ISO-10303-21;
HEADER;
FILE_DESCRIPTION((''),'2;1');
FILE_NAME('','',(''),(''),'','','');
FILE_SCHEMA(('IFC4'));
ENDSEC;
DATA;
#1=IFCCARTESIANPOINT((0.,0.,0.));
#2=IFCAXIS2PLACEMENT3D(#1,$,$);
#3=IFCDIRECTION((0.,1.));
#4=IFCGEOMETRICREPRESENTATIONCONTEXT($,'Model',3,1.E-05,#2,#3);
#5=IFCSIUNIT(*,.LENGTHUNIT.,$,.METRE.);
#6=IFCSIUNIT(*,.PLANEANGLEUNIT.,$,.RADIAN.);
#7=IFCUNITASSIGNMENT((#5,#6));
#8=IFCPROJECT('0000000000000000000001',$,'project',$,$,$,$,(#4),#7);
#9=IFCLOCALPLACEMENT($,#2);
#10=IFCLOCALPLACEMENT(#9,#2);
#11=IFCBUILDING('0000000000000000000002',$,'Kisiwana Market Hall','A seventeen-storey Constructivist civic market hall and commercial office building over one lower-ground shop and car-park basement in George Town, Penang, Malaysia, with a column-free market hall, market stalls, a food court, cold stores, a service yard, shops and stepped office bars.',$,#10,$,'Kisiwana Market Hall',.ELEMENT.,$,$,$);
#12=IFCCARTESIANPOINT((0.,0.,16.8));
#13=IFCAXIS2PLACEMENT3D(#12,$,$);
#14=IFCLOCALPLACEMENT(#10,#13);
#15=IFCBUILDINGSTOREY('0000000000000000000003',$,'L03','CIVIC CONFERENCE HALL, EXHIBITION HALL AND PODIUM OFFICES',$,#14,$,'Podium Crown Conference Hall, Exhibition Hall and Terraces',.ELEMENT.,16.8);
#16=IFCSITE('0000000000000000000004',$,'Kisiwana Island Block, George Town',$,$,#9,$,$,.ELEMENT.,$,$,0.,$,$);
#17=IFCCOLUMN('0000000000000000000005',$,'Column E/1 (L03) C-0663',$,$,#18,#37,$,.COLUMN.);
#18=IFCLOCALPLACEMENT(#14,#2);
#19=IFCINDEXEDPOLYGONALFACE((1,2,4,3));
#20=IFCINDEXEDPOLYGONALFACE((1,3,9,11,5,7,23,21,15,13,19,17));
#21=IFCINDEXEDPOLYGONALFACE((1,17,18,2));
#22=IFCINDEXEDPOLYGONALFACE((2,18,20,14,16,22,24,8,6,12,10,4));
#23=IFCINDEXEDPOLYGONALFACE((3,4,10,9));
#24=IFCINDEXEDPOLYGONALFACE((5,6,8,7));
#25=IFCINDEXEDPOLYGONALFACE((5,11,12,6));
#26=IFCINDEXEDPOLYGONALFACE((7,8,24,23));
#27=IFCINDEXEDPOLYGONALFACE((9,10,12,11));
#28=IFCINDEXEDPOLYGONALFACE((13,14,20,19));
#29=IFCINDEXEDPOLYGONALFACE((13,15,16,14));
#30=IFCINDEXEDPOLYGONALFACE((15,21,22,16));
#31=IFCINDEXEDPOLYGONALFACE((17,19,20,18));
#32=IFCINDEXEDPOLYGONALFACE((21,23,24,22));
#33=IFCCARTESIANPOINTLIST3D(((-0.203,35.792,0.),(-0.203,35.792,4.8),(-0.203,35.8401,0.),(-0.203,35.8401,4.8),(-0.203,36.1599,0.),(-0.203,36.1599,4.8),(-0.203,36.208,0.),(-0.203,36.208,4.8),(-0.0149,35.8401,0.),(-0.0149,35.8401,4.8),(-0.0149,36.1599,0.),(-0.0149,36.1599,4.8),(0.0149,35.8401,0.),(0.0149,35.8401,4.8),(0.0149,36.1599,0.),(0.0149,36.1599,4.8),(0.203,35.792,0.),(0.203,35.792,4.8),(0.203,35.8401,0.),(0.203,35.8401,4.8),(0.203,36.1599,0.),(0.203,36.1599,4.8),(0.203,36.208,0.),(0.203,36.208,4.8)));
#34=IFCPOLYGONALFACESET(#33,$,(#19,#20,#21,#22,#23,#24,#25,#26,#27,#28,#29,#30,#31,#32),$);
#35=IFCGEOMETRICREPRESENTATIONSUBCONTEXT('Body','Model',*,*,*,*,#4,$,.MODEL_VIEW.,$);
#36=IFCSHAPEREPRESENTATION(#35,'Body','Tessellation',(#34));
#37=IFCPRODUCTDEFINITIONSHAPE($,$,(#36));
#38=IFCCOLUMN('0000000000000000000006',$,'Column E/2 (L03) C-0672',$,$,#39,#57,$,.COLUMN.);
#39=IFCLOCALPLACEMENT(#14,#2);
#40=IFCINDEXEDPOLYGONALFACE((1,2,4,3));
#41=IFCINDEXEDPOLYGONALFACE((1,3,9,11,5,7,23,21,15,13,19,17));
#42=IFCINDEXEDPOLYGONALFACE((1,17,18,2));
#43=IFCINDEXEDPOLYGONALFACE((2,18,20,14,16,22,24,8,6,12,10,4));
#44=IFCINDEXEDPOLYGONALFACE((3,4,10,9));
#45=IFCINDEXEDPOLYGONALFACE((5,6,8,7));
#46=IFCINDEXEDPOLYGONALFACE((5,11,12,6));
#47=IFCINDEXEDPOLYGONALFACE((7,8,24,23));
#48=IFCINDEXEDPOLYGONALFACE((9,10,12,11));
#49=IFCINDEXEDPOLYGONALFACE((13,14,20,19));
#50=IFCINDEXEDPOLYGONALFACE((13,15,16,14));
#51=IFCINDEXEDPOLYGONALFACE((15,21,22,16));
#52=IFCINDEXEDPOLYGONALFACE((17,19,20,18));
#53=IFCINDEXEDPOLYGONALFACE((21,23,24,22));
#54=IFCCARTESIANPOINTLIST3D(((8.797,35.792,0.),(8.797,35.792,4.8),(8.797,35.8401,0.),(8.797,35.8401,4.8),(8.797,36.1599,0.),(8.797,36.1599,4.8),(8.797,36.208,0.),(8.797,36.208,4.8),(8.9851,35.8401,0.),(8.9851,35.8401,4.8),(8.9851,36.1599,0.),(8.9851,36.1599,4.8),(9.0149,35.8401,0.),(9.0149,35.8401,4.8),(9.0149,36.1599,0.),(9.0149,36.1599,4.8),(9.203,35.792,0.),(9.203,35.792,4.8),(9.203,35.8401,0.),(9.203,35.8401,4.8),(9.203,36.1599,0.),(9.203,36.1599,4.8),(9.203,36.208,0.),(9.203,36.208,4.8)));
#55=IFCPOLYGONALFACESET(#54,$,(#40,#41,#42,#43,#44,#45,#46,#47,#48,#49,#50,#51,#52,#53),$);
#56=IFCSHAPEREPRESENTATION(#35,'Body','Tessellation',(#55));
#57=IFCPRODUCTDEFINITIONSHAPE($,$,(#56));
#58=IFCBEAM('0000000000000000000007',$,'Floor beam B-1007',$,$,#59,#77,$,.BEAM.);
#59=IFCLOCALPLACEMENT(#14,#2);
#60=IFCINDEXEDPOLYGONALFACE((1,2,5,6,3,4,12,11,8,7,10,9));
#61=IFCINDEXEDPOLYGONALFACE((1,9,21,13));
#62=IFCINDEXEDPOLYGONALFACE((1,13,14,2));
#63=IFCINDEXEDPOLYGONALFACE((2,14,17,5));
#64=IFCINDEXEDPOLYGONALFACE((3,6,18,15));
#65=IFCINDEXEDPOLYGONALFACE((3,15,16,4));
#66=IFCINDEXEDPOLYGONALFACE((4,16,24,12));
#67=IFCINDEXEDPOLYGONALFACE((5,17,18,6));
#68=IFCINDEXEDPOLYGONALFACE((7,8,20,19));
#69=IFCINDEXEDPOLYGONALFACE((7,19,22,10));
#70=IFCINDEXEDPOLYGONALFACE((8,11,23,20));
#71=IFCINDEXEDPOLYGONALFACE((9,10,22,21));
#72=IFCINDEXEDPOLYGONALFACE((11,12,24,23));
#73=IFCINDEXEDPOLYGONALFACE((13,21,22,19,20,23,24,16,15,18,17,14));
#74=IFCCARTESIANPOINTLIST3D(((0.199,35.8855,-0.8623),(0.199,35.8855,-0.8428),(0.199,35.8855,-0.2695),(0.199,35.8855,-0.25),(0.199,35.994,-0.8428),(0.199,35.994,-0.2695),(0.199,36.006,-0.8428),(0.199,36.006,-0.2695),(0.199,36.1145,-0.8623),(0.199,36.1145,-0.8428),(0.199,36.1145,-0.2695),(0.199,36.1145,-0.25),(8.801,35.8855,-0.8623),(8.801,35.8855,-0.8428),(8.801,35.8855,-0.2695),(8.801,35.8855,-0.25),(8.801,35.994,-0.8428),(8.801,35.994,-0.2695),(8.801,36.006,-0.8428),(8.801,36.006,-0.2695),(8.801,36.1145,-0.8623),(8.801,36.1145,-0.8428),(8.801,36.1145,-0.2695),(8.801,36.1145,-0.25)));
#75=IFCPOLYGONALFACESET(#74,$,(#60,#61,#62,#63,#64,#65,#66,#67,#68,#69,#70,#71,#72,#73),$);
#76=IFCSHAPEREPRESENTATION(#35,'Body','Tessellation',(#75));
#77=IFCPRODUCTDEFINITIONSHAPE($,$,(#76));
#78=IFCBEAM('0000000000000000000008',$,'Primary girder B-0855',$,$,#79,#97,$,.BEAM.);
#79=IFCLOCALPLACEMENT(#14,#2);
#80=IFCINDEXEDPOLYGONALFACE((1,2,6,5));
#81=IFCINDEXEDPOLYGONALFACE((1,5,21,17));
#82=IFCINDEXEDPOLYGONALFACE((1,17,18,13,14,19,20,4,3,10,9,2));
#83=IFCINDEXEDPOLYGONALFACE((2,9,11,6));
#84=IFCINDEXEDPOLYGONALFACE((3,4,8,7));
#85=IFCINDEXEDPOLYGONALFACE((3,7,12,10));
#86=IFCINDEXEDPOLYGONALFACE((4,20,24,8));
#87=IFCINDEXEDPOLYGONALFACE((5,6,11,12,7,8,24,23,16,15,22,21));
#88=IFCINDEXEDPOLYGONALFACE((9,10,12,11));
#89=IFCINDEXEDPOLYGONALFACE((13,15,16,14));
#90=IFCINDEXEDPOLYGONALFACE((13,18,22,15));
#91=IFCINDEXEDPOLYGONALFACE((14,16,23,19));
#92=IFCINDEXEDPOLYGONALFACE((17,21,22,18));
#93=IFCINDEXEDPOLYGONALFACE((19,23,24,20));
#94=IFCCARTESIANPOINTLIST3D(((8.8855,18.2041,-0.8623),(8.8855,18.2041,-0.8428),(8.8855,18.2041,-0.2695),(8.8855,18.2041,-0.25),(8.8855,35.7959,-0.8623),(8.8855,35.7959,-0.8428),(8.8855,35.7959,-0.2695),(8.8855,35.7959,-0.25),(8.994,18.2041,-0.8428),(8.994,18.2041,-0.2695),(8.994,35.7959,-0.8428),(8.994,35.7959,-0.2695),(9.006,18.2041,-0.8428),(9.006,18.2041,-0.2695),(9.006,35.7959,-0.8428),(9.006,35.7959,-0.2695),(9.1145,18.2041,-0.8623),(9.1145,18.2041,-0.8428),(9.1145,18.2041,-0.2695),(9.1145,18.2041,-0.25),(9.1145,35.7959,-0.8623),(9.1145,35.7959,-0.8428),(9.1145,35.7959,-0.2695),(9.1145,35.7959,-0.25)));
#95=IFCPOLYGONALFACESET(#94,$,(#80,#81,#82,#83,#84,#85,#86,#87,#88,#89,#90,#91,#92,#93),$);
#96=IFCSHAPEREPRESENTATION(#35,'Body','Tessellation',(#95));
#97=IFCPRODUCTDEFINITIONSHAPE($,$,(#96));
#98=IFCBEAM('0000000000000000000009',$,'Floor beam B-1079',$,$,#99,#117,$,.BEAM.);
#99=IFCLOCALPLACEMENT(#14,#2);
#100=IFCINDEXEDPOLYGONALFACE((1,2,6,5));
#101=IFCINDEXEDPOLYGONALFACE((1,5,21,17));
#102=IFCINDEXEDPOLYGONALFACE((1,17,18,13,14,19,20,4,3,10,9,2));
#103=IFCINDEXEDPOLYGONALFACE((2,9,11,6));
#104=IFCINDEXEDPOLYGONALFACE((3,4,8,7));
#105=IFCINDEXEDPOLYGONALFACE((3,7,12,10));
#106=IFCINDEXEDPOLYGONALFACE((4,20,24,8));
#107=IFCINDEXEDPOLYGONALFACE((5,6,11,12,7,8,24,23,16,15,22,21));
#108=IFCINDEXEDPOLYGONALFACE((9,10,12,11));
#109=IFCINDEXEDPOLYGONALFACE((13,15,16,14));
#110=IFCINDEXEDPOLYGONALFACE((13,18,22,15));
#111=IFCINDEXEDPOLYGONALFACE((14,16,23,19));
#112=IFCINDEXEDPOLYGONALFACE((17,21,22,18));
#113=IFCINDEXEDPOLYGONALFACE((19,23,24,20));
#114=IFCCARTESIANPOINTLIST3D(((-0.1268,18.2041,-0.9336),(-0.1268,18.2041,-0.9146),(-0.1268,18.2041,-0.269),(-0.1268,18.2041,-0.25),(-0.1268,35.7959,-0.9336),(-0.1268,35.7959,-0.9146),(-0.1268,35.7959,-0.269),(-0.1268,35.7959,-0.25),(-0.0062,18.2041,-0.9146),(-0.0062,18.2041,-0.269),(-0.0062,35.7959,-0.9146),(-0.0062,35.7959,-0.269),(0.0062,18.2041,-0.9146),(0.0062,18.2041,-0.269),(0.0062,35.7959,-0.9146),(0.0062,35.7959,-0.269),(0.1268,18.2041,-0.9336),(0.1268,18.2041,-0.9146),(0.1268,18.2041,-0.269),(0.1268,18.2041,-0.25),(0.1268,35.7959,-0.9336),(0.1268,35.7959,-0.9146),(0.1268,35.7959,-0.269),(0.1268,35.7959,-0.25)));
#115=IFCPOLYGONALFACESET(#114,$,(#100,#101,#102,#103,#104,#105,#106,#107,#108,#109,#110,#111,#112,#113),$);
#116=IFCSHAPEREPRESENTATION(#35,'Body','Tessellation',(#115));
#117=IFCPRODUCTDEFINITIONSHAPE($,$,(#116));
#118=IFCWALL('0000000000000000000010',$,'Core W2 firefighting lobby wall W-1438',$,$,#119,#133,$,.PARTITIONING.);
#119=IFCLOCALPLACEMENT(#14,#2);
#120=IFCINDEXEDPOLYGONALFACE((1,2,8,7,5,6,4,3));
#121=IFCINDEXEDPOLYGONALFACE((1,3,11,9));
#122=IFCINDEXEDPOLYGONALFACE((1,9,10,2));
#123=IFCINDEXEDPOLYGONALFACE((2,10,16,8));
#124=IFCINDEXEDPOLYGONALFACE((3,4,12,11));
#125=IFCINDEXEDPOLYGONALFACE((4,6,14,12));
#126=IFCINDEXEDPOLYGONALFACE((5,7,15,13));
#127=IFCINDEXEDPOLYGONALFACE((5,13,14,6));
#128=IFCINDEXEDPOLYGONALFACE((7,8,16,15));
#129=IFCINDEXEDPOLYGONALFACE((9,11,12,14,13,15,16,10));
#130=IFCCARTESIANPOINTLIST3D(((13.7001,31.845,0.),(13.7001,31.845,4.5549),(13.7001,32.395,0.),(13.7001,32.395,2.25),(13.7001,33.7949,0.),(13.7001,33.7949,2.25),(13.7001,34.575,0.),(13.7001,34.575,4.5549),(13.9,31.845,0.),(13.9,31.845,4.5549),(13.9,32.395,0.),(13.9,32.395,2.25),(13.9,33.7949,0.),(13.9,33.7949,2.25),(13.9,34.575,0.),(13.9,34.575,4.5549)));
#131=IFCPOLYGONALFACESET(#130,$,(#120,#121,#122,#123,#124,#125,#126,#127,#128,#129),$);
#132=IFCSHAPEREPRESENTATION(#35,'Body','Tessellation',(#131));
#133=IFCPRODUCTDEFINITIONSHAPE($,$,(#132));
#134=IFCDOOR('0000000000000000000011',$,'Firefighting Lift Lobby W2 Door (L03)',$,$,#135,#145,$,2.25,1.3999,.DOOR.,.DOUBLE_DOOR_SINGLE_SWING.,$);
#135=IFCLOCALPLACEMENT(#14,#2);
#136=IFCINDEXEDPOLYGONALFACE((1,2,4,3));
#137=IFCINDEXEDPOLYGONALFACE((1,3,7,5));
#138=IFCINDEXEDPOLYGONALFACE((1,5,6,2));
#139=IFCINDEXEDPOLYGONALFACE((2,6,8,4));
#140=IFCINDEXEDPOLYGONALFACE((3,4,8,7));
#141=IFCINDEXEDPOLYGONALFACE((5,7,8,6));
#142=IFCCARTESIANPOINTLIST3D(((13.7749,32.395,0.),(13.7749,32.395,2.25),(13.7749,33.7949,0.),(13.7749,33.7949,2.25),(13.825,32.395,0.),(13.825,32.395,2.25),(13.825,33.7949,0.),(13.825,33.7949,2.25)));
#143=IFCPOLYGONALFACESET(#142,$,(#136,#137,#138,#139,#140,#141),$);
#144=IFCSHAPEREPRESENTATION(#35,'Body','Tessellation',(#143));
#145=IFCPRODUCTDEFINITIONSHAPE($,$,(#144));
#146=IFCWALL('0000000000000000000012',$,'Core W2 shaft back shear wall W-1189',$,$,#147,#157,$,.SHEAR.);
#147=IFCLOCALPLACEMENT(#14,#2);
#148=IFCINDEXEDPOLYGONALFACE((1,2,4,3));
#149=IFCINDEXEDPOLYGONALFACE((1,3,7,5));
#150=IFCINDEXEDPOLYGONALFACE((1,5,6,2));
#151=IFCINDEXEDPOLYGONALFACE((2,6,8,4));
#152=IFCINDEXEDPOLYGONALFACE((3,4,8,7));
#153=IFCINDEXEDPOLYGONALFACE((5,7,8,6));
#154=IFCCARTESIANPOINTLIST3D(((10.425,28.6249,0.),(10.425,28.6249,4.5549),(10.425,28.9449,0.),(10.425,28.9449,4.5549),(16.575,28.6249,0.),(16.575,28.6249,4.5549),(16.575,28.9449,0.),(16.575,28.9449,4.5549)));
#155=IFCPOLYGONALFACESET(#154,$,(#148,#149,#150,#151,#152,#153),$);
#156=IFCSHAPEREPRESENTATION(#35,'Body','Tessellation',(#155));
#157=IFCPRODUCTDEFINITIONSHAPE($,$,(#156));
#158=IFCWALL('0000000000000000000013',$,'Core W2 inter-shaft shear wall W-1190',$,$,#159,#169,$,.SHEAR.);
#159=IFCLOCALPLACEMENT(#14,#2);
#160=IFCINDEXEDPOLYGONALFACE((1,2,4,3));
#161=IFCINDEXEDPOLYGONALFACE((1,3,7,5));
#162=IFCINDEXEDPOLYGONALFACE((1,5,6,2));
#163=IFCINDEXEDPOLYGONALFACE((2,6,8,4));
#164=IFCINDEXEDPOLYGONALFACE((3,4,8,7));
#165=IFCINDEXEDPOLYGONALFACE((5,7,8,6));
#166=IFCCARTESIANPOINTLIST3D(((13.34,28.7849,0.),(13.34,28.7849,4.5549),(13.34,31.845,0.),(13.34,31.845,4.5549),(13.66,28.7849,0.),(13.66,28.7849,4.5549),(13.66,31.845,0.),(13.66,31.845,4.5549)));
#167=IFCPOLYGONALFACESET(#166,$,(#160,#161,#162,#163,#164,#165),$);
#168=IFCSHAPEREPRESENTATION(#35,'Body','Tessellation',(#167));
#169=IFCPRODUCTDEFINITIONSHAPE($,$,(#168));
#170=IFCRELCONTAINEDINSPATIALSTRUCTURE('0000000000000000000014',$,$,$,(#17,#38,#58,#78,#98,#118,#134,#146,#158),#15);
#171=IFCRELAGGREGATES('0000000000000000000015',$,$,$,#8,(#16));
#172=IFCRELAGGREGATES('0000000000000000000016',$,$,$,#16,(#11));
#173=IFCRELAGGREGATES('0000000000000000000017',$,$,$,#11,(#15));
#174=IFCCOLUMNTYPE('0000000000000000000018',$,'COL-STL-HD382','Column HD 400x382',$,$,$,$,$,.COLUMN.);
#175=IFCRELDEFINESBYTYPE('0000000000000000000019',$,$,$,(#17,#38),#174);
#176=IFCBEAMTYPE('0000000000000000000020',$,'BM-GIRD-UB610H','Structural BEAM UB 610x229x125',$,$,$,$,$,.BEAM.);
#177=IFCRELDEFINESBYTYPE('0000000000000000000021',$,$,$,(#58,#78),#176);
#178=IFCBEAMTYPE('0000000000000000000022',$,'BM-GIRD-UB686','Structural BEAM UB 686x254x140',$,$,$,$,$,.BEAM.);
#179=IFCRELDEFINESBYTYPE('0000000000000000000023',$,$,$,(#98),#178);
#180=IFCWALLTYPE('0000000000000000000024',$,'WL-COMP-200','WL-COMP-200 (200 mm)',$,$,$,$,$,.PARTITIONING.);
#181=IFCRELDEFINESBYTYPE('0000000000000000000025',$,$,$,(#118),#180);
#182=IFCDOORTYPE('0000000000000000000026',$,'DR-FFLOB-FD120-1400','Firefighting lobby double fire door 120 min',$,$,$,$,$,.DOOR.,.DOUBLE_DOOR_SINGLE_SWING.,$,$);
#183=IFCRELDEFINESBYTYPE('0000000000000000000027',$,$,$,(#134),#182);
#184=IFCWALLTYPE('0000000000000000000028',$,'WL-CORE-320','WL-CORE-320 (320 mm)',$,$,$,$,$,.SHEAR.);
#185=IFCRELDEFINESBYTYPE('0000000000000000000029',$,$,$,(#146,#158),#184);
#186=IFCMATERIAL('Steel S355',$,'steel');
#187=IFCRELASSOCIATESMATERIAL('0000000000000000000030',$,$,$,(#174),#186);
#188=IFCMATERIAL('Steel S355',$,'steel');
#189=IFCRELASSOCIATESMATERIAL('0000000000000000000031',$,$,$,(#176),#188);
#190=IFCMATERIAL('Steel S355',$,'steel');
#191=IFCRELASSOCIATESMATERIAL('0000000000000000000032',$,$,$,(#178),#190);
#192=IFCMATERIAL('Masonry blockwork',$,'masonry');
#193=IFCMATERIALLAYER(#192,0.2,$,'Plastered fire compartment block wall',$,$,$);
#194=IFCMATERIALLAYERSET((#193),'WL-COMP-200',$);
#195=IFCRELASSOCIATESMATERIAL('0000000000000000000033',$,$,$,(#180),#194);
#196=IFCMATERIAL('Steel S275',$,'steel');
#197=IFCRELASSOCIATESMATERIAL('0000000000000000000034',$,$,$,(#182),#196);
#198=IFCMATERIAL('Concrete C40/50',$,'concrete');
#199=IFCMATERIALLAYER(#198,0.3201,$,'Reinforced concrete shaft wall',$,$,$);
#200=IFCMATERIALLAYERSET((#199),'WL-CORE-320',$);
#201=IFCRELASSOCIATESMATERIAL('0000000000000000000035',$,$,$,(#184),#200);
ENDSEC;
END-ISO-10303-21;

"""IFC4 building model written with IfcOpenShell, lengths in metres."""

from ifc_helpers import new_model, si_unit, direction, frame, frame_2d, origin, origin_2d, place, context, subcontext, project, spatial, rectangle, i_section, extrude, material, layer, layer_set, material_profile, profile_set, type_object, element, fill, save


model = new_model("IFC4")

# Units and contexts
model_context = context("Model", 3, precision=1e-05, world=origin(), true_north=direction((0.0, 1.0)))
body_context = subcontext(model_context, "Body", "Model", "MODEL_VIEW")
ifc_project = project(units=[si_unit("LENGTHUNIT", "METRE"), si_unit("PLANEANGLEUNIT", "RADIAN")], contexts=[model_context])

# Site, building, storey
site_placement = place(None, origin())
site = spatial("IfcSite", under=ifc_project, at=site_placement, Name="Kisiwana Island Block, George Town", CompositionType="ELEMENT", RefElevation=0.0)
building_placement = place(site_placement, origin())
building = spatial("IfcBuilding", under=site, at=building_placement, Name="Kisiwana Market Hall", Description="A seventeen-storey Constructivist civic market hall and commercial office building over one lower-ground shop and car-park basement in George Town, Penang, Malaysia, with a column-free market hall, market stalls, a food court, cold stores, a service yard, shops and stepped office bars.", LongName="Kisiwana Market Hall", CompositionType="ELEMENT")
storey_placement = place(building_placement, frame((0.0, 0.0, 16.8)))
storey = spatial("IfcBuildingStorey", under=building, at=storey_placement, Name="L03", Description="CIVIC CONFERENCE HALL, EXHIBITION HALL AND PODIUM OFFICES", LongName="Podium Crown Conference Hall, Exhibition Hall and Terraces", CompositionType="ELEMENT", Elevation=16.8)

# Columns
ifc_material_1 = material(Name="Steel S355", Category="steel")
ifc_material_profile_1 = material_profile(ifc_material_1, i_section(OverallWidth=0.406, OverallDepth=0.416, WebThickness=0.0298, FlangeThickness=0.0481, at=origin_2d()), Name="HD 400x382")
ifc_profile_set_1 = profile_set([ifc_material_profile_1], Name="Steel S355")
column_type = type_object("IfcColumnType", Name="COL-STL-HD382", Description="Column HD 400x382", PredefinedType="COLUMN", material=ifc_profile_set_1)
for number, where, z_axis, x_axis, name in (
    (1, (0.0, 36.0, 0.0), (0.0, 0.0, 1.0), (1.0, 0.0, 0.0), "Column E/1 (L03) C-0663"),
    (2, (9.0, 36.0, 0.0), (0.0, 0.0, 1.0), (1.0, 0.0, 0.0), "Column E/2 (L03) C-0672"),
):
    element("IfcColumn", number, at=place(storey_placement, frame(where, z_axis=z_axis, x_axis=x_axis)), inside=storey, type_object=column_type, Name=name, PredefinedType="COLUMN", context=body_context, shape_type="SweptSolid", body=[
        extrude(i_section(OverallWidth=0.406, OverallDepth=0.416, WebThickness=0.0298, FlangeThickness=0.0481, at=origin_2d()), origin(), (0.0, 0.0, 1.0), 4.8),
    ])

# Beams
ifc_material_2 = material(Name="Steel S355", Category="steel")
ifc_material_profile_2 = material_profile(ifc_material_2, i_section(OverallWidth=0.229, OverallDepth=0.6123, WebThickness=0.012, FlangeThickness=0.0195, at=origin_2d()), Name="UB 610x229x125")
ifc_profile_set_2 = profile_set([ifc_material_profile_2], Name="Steel S355")
beam_type_1 = type_object("IfcBeamType", Name="BM-GIRD-UB610H", Description="Structural BEAM UB 610x229x125", PredefinedType="BEAM", material=ifc_profile_set_2)
beam_1_placement = place(storey_placement, frame((0.199, 36.0, -0.5562), z_axis=(1.0, 0.0, 0.0), x_axis=(0.0, 1.0, 0.0)))
element("IfcBeam", 3, at=beam_1_placement, inside=storey, type_object=beam_type_1, Name="Floor beam B-1007", PredefinedType="BEAM", context=body_context, shape_type="SweptSolid", body=[
    extrude(i_section(OverallWidth=0.229, OverallDepth=0.6123, WebThickness=0.012, FlangeThickness=0.0195, at=origin_2d()), origin(), (0.0, 0.0, 1.0), 8.6021),
])
beam_2_placement = place(storey_placement, frame((9.0, 18.2041, -0.5562), z_axis=(0.0, 1.0, 0.0), x_axis=(-1.0, 0.0, 0.0)))
element("IfcBeam", 4, at=beam_2_placement, inside=storey, type_object=beam_type_1, Name="Primary girder B-0855", PredefinedType="BEAM", context=body_context, shape_type="SweptSolid", body=[
    extrude(i_section(OverallWidth=0.229, OverallDepth=0.6123, WebThickness=0.012, FlangeThickness=0.0195, at=origin_2d()), origin(), (0.0, 0.0, 1.0), 17.5918),
])
ifc_material_3 = material(Name="Steel S355", Category="steel")
ifc_material_profile_3 = material_profile(ifc_material_3, i_section(OverallWidth=0.2537, OverallDepth=0.6836, WebThickness=0.0125, FlangeThickness=0.019, at=origin_2d()), Name="UB 686x254x140")
ifc_profile_set_3 = profile_set([ifc_material_profile_3], Name="Steel S355")
beam_type_2 = type_object("IfcBeamType", Name="BM-GIRD-UB686", Description="Structural BEAM UB 686x254x140", PredefinedType="BEAM", material=ifc_profile_set_3)
beam_3_placement = place(storey_placement, frame((0.0, 18.2041, -0.5918), z_axis=(0.0, 1.0, 0.0), x_axis=(-1.0, 0.0, 0.0)))
element("IfcBeam", 5, at=beam_3_placement, inside=storey, type_object=beam_type_2, Name="Floor beam B-1079", PredefinedType="BEAM", context=body_context, shape_type="SweptSolid", body=[
    extrude(i_section(OverallWidth=0.2537, OverallDepth=0.6836, WebThickness=0.0125, FlangeThickness=0.019, at=origin_2d()), origin(), (0.0, 0.0, 1.0), 17.5918),
])

# Wall, opening, door
ifc_material_4 = material(Name="Masonry blockwork", Category="masonry")
ifc_layer_1 = layer(ifc_material_4, 0.2, Name="Plastered fire compartment block wall")
ifc_layer_set_1 = layer_set([ifc_layer_1], Name="WL-COMP-200")
wall_type_1 = type_object("IfcWallType", Name="WL-COMP-200", Description="WL-COMP-200 (200 mm)", PredefinedType="PARTITIONING", material=ifc_layer_set_1)
wall_1_placement = place(storey_placement, frame((13.8, 31.845, 0.0), z_axis=(0.0, 0.0, 1.0), x_axis=(0.0, 1.0, 0.0)))
wall_1 = element("IfcWall", 6, at=wall_1_placement, inside=storey, type_object=wall_type_1, Name="Core W2 firefighting lobby wall W-1438", PredefinedType="PARTITIONING", context=body_context, shape_type="SweptSolid", body=[
    extrude(rectangle(XDim=2.73, YDim=0.2, at=frame_2d((1.365, 0.0))), origin(), (0.0, 0.0, 1.0), 4.5549),
])
opening_1_placement = place(wall_1_placement, frame((0.55, 0.0, 0.0)))
opening_1 = element("IfcOpeningElement", 7, at=opening_1_placement, cuts=wall_1, PredefinedType="OPENING", context=body_context, shape_type="SweptSolid", body=[
    extrude(rectangle(XDim=1.3999, YDim=2.25, at=frame_2d((0.7, 1.125))), frame((0.0, 0.1118, 0.0), z_axis=(0.0, -1.0, 0.0), x_axis=(1.0, 0.0, 0.0)), (0.0, 0.0, 1.0), 0.2239),
])
ifc_material_5 = material(Name="Steel S275", Category="steel")
door_type_1 = type_object("IfcDoorType", Name="DR-FFLOB-FD120-1400", Description="Firefighting lobby double fire door 120 min", OperationType="DOUBLE_DOOR_SINGLE_SWING", PredefinedType="DOOR", material=ifc_material_5)
door_1_placement = place(opening_1_placement, frame((1.3999, 0.0, 0.0), z_axis=(0.0, 0.0, 1.0), x_axis=(-1.0, 0.0, 0.0)))
door_1 = element("IfcDoor", 8, at=door_1_placement, inside=storey, type_object=door_type_1, Name="Firefighting Lift Lobby W2 Door (L03)", OperationType="DOUBLE_DOOR_SINGLE_SWING", OverallHeight=2.25, OverallWidth=1.3999, PredefinedType="DOOR", context=body_context, shape_type="SweptSolid", body=[
    extrude(rectangle(XDim=1.3999, YDim=2.25, at=frame_2d((0.7, 1.125))), frame((0.0, 0.0249, 0.0), z_axis=(0.0, -1.0, 0.0), x_axis=(1.0, 0.0, 0.0)), (0.0, 0.0, 1.0), 0.05),
])
fill(opening_1, door_1)

# Walls
ifc_material_6 = material(Name="Concrete C40/50", Category="concrete")
ifc_layer_2 = layer(ifc_material_6, 0.3201, Name="Reinforced concrete shaft wall")
ifc_layer_set_2 = layer_set([ifc_layer_2], Name="WL-CORE-320")
wall_type_2 = type_object("IfcWallType", Name="WL-CORE-320", Description="WL-CORE-320 (320 mm)", PredefinedType="SHEAR", material=ifc_layer_set_2)
wall_2_placement = place(storey_placement, frame((10.425, 28.7849, 0.0), z_axis=(0.0, 0.0, 1.0), x_axis=(1.0, 0.0, 0.0)))
element("IfcWall", 9, at=wall_2_placement, inside=storey, type_object=wall_type_2, Name="Core W2 shaft back shear wall W-1189", PredefinedType="SHEAR", context=body_context, shape_type="SweptSolid", body=[
    extrude(rectangle(XDim=6.1499, YDim=0.3201, at=frame_2d((3.075, 0.0))), origin(), (0.0, 0.0, 1.0), 4.5549),
])
wall_3_placement = place(storey_placement, frame((13.5, 28.7849, 0.0), z_axis=(0.0, 0.0, 1.0), x_axis=(0.0, 1.0, 0.0)))
element("IfcWall", 10, at=wall_3_placement, inside=storey, type_object=wall_type_2, Name="Core W2 inter-shaft shear wall W-1190", PredefinedType="SHEAR", context=body_context, shape_type="SweptSolid", body=[
    extrude(rectangle(XDim=3.0601, YDim=0.3201, at=frame_2d((1.53, 0.0))), origin(), (0.0, 0.0, 1.0), 4.5549),
])

save(model, "model.ifc")
